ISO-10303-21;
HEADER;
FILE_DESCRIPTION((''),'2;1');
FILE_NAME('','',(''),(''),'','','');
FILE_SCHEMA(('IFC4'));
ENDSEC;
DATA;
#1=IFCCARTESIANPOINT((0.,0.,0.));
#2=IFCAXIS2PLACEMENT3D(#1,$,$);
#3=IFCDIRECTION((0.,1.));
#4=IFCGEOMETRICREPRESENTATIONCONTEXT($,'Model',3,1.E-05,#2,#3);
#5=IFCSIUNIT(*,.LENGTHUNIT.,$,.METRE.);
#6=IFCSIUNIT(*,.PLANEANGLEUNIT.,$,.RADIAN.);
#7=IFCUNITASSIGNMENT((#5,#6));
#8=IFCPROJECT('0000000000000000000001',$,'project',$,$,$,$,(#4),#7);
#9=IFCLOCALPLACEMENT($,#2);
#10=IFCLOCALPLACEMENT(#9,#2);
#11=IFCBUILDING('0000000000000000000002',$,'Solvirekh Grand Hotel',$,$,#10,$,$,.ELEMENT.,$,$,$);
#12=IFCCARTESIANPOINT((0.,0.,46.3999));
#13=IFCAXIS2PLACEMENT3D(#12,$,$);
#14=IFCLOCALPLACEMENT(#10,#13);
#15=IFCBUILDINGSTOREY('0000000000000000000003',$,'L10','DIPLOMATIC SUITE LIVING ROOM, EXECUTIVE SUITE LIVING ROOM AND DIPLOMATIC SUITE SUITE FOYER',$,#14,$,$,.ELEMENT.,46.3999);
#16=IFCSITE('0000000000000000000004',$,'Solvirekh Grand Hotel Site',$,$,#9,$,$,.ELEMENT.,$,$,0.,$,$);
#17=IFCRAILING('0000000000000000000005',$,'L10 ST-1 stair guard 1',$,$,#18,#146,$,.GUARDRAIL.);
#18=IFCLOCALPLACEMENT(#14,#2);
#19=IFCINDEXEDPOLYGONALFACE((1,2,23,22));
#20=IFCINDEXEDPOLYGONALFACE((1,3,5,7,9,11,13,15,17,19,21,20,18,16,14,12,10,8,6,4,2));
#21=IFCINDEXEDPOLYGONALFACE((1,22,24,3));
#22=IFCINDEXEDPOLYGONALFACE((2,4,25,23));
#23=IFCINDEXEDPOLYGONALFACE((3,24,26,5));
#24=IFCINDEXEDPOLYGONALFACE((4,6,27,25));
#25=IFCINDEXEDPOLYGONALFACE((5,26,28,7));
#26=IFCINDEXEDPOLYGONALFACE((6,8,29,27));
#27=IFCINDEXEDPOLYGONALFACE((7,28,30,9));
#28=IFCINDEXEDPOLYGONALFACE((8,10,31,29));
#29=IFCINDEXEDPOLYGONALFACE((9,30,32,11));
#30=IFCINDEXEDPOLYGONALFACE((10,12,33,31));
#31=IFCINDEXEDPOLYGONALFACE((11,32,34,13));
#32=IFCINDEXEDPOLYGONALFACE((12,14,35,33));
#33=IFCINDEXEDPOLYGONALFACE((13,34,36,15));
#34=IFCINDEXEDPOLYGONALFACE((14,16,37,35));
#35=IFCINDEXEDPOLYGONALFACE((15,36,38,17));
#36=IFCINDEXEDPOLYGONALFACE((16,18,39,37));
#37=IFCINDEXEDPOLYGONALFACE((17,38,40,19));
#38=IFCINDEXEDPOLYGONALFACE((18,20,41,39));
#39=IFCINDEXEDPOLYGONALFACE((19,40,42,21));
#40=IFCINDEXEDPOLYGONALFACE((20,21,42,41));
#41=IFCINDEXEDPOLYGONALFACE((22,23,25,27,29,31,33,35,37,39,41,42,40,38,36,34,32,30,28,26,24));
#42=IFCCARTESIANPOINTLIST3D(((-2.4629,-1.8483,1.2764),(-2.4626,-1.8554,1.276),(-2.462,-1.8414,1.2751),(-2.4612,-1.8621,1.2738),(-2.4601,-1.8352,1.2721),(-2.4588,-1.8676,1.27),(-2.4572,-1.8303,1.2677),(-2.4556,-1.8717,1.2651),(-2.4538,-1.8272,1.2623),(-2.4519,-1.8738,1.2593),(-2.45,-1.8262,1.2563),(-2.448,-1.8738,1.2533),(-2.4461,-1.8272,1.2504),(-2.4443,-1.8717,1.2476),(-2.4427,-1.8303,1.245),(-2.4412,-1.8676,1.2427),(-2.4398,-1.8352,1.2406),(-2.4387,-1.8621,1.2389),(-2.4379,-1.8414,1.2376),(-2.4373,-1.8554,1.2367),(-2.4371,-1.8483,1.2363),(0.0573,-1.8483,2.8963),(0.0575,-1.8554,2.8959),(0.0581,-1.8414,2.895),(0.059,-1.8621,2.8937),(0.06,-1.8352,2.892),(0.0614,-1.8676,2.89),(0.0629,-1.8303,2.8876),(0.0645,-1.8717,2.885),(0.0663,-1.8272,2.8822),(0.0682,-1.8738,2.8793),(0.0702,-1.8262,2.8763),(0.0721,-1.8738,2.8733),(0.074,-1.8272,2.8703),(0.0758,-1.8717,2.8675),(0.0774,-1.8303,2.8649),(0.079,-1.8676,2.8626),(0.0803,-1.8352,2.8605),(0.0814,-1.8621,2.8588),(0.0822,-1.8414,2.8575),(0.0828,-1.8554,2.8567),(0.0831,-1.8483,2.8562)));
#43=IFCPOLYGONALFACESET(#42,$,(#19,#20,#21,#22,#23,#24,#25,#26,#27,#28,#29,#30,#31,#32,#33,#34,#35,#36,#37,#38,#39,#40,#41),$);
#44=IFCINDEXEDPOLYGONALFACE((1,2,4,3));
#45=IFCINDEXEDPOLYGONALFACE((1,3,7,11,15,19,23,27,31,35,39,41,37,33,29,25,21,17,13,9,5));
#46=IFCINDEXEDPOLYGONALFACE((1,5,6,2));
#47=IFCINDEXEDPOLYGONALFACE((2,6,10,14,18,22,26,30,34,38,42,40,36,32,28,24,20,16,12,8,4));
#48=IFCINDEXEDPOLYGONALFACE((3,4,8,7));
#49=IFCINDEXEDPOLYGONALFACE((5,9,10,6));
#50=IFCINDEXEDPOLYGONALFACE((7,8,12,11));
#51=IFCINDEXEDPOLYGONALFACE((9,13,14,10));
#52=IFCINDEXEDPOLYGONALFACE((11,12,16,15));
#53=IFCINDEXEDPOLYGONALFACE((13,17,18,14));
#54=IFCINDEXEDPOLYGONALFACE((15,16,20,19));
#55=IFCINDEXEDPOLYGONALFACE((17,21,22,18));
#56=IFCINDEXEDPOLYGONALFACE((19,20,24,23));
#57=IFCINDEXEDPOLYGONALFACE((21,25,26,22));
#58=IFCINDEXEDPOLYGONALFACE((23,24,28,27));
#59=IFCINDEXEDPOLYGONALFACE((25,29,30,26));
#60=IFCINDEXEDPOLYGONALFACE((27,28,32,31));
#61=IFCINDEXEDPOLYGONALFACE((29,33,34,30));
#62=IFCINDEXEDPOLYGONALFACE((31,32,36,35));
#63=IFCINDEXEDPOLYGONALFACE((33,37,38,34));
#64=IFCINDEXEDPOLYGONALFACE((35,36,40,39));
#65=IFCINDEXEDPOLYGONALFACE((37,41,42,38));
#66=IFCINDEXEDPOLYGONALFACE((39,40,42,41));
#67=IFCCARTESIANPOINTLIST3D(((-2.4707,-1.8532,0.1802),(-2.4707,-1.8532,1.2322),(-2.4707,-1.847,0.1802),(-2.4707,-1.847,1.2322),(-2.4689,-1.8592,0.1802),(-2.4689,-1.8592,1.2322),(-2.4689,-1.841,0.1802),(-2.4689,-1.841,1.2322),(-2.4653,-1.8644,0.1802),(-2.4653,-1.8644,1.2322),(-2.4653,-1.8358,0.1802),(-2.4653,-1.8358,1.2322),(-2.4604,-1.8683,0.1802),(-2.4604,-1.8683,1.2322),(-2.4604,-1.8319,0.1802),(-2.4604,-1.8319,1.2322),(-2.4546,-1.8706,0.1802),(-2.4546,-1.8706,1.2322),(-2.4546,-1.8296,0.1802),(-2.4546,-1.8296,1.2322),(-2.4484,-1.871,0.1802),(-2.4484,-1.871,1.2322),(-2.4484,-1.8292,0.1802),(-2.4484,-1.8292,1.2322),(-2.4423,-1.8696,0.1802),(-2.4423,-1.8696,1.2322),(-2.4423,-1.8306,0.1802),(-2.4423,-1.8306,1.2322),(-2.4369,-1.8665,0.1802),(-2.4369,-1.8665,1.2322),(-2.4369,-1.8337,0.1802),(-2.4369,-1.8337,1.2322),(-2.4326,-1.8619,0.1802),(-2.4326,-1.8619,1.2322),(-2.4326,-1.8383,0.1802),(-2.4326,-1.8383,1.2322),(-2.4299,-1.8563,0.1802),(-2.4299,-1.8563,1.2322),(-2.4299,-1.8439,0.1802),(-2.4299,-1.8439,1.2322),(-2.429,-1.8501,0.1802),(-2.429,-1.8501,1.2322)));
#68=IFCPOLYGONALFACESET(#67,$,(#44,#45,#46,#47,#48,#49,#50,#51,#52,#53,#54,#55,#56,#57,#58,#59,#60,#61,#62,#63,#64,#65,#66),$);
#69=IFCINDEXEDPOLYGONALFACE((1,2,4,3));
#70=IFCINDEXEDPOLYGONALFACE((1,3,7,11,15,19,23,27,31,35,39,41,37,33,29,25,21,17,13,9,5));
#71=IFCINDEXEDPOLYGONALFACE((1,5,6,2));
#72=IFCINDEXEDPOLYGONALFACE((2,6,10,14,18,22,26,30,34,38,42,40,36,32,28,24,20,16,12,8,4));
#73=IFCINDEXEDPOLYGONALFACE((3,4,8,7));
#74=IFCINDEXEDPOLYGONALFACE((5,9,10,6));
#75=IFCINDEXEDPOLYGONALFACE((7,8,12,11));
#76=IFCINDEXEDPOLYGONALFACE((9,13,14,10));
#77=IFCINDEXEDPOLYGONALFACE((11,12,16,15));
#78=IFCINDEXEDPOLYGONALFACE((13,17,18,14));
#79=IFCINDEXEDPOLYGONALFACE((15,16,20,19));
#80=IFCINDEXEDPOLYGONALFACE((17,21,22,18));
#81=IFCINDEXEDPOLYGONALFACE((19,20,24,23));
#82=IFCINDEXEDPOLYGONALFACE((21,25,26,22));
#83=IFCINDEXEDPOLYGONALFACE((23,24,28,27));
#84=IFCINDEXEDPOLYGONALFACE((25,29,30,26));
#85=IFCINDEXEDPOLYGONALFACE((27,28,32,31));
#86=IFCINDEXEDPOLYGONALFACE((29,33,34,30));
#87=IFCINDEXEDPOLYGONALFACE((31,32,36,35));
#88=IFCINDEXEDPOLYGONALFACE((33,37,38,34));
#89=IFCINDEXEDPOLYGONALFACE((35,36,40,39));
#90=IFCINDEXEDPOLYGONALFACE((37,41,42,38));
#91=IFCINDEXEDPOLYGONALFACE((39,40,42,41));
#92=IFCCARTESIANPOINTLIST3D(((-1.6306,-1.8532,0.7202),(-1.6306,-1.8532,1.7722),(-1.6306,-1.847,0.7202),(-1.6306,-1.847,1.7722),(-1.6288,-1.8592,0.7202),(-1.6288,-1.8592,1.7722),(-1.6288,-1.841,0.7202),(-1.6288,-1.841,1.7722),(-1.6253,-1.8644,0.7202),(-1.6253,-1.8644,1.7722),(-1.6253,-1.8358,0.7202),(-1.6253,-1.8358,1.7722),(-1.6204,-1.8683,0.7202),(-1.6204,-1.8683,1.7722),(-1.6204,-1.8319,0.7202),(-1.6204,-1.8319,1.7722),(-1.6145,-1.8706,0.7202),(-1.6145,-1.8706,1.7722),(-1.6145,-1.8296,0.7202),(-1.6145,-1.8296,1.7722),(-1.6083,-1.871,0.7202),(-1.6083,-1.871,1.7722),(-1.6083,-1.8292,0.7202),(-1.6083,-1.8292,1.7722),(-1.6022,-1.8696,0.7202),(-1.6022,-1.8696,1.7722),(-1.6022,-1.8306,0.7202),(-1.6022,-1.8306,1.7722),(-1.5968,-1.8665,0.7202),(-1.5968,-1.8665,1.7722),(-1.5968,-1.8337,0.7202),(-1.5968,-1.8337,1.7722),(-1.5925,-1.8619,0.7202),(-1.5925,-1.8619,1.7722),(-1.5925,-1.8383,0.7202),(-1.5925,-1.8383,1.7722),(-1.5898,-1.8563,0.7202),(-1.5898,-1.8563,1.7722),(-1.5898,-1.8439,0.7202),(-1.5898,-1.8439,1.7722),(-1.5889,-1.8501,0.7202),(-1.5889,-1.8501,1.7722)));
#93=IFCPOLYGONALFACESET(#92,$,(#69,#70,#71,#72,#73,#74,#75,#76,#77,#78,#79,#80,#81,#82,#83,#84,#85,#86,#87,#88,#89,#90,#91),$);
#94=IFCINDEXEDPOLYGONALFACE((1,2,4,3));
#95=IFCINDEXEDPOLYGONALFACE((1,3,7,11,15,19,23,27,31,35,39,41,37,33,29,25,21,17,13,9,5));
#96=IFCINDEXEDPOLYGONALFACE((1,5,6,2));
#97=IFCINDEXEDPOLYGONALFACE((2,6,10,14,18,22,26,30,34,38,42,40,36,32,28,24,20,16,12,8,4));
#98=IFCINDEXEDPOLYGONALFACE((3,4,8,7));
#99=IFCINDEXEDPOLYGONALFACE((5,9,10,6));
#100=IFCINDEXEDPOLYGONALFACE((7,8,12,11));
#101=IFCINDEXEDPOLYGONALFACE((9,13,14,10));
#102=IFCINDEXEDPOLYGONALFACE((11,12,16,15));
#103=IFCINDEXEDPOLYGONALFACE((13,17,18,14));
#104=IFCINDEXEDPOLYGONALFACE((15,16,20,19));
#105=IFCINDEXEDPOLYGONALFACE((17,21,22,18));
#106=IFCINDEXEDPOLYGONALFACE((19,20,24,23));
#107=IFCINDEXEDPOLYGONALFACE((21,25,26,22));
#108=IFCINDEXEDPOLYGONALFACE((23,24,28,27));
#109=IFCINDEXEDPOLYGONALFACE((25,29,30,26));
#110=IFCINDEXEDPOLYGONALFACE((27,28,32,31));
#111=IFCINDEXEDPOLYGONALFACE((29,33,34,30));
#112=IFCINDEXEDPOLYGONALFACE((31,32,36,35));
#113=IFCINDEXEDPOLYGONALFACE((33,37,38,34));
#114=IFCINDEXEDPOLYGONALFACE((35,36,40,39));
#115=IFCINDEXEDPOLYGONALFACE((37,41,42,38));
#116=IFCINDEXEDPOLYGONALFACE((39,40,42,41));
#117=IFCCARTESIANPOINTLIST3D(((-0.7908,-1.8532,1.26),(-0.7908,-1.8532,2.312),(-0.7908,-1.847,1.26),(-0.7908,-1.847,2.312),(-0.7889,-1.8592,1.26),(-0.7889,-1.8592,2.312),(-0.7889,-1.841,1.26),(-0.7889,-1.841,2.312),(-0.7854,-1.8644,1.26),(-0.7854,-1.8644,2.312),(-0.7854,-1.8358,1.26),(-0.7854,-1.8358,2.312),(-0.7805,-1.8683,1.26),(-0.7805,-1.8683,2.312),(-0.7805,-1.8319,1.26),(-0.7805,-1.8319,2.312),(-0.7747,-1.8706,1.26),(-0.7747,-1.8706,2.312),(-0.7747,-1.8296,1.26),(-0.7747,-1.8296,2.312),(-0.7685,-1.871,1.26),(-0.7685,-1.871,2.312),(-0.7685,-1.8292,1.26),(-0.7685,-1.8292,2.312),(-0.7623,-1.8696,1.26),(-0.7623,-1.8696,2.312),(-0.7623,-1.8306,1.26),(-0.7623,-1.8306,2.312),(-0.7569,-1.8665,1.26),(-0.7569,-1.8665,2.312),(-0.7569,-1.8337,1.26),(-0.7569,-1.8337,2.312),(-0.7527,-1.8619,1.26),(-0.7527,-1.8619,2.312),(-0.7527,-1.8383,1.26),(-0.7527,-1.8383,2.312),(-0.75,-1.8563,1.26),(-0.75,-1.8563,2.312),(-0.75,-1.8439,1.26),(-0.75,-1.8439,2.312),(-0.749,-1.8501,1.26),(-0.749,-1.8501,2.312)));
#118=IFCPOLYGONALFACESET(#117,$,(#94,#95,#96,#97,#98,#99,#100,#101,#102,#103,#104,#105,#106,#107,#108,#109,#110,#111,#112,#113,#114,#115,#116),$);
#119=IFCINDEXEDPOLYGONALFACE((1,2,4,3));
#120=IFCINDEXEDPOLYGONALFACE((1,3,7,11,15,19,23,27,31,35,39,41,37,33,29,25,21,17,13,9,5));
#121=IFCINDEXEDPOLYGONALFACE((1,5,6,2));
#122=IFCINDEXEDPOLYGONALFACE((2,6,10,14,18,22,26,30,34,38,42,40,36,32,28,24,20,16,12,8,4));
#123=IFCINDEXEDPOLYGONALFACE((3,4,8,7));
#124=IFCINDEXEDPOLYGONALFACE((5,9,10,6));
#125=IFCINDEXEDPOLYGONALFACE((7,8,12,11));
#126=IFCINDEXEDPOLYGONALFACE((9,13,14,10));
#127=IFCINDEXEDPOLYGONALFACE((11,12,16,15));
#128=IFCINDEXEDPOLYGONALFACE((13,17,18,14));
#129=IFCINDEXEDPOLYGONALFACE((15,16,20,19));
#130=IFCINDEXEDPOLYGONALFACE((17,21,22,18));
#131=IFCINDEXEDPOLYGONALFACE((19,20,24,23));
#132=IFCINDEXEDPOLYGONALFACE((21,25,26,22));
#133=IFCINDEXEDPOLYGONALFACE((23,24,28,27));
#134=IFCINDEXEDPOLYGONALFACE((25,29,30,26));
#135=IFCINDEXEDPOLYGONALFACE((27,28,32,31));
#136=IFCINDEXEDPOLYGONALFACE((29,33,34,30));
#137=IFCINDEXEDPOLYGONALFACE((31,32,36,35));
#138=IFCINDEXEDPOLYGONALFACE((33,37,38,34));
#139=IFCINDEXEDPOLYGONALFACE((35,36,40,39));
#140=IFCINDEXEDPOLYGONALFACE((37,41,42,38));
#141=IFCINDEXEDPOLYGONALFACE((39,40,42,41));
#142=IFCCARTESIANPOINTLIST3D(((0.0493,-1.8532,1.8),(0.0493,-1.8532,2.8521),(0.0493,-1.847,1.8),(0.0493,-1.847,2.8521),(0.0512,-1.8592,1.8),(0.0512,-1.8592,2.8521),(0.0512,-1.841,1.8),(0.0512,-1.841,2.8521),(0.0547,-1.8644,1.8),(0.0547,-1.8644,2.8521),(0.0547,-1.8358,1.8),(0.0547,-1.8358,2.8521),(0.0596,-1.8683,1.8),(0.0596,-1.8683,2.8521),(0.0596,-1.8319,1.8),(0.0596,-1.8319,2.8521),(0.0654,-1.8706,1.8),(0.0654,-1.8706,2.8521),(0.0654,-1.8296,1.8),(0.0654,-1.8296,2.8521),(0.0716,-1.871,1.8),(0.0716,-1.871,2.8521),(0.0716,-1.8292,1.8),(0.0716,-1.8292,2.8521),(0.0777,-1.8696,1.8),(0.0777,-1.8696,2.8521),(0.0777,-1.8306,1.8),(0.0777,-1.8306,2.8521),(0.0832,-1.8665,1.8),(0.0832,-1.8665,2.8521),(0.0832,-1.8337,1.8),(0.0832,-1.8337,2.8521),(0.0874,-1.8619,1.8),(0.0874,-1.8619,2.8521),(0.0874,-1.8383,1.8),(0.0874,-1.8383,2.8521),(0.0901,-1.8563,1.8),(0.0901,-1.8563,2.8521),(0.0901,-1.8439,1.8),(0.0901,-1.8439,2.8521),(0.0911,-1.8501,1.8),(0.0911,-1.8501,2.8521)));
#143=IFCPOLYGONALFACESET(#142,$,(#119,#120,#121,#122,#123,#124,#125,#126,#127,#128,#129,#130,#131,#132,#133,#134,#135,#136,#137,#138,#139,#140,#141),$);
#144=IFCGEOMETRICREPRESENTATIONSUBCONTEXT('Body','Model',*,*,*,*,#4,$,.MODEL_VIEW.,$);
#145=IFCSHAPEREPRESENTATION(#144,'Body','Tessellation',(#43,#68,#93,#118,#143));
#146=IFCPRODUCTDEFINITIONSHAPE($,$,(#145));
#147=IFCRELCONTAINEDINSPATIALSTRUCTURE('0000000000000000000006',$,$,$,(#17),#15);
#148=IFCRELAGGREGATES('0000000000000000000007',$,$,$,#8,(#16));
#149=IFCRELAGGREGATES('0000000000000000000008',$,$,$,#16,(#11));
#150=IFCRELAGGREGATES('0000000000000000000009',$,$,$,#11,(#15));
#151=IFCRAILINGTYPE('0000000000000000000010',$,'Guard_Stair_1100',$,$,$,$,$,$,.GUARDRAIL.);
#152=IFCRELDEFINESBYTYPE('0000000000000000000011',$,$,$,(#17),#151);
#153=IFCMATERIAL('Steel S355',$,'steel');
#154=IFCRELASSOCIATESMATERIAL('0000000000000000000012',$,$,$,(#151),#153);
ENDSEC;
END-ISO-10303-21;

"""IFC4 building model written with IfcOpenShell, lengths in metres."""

from ifc_helpers import new_model, si_unit, direction, frame, origin, origin_2d, place, context, subcontext, project, spatial, circle, extrude, material, type_object, element, save


model = new_model("IFC4")

# Units and contexts
model_context = context("Model", 3, precision=1e-05, world=origin(), true_north=direction((0.0, 1.0)))
body_context = subcontext(model_context, "Body", "Model", "MODEL_VIEW")
ifc_project = project(units=[si_unit("LENGTHUNIT", "METRE"), si_unit("PLANEANGLEUNIT", "RADIAN")], contexts=[model_context])

# Site, building, storey
site_placement = place(None, origin())
site = spatial("IfcSite", under=ifc_project, at=site_placement, Name="Solvirekh Grand Hotel Site", CompositionType="ELEMENT", RefElevation=0.0)
building_placement = place(site_placement, origin())
building = spatial("IfcBuilding", under=site, at=building_placement, Name="Solvirekh Grand Hotel", CompositionType="ELEMENT")
storey_placement = place(building_placement, frame((0.0, 0.0, 46.3999)))
storey = spatial("IfcBuildingStorey", under=building, at=storey_placement, Name="L10", Description="DIPLOMATIC SUITE LIVING ROOM, EXECUTIVE SUITE LIVING ROOM AND DIPLOMATIC SUITE SUITE FOYER", CompositionType="ELEMENT", Elevation=46.3999)

# Railing
ifc_material_1 = material(Name="Steel S355", Category="steel")
railing_type_1 = type_object("IfcRailingType", Name="Guard_Stair_1100", PredefinedType="GUARDRAIL", material=ifc_material_1)
railing_1_placement = place(storey_placement, frame((-2.45, -1.8501, 0.1802)))
element("IfcRailing", 1, at=railing_1_placement, inside=storey, type_object=railing_type_1, Name="L10 ST-1 stair guard 1", PredefinedType="GUARDRAIL", context=body_context, shape_type="SweptSolid", body=[
    extrude(circle(Radius=0.0239, at=origin_2d()), frame((0.0, 0.0, 1.0762), z_axis=(0.8412, 0.0, 0.540725), x_axis=(0.0, 1.0, 0.0)), (0.0, 0.0, 1.0), 2.9958),
    extrude(circle(Radius=0.021, at=origin_2d()), origin(), (0.0, 0.0, 1.0), 1.052),
    extrude(circle(Radius=0.021, at=origin_2d()), frame((0.8401, 0.0, 0.54)), (0.0, 0.0, 1.0), 1.052),
    extrude(circle(Radius=0.021, at=origin_2d()), frame((1.6799, 0.0, 1.0798)), (0.0, 0.0, 1.0), 1.052),
    extrude(circle(Radius=0.021, at=origin_2d()), frame((2.52, 0.0, 1.6199)), (0.0, 0.0, 1.0), 1.052),
])

save(model, "model.ifc")
